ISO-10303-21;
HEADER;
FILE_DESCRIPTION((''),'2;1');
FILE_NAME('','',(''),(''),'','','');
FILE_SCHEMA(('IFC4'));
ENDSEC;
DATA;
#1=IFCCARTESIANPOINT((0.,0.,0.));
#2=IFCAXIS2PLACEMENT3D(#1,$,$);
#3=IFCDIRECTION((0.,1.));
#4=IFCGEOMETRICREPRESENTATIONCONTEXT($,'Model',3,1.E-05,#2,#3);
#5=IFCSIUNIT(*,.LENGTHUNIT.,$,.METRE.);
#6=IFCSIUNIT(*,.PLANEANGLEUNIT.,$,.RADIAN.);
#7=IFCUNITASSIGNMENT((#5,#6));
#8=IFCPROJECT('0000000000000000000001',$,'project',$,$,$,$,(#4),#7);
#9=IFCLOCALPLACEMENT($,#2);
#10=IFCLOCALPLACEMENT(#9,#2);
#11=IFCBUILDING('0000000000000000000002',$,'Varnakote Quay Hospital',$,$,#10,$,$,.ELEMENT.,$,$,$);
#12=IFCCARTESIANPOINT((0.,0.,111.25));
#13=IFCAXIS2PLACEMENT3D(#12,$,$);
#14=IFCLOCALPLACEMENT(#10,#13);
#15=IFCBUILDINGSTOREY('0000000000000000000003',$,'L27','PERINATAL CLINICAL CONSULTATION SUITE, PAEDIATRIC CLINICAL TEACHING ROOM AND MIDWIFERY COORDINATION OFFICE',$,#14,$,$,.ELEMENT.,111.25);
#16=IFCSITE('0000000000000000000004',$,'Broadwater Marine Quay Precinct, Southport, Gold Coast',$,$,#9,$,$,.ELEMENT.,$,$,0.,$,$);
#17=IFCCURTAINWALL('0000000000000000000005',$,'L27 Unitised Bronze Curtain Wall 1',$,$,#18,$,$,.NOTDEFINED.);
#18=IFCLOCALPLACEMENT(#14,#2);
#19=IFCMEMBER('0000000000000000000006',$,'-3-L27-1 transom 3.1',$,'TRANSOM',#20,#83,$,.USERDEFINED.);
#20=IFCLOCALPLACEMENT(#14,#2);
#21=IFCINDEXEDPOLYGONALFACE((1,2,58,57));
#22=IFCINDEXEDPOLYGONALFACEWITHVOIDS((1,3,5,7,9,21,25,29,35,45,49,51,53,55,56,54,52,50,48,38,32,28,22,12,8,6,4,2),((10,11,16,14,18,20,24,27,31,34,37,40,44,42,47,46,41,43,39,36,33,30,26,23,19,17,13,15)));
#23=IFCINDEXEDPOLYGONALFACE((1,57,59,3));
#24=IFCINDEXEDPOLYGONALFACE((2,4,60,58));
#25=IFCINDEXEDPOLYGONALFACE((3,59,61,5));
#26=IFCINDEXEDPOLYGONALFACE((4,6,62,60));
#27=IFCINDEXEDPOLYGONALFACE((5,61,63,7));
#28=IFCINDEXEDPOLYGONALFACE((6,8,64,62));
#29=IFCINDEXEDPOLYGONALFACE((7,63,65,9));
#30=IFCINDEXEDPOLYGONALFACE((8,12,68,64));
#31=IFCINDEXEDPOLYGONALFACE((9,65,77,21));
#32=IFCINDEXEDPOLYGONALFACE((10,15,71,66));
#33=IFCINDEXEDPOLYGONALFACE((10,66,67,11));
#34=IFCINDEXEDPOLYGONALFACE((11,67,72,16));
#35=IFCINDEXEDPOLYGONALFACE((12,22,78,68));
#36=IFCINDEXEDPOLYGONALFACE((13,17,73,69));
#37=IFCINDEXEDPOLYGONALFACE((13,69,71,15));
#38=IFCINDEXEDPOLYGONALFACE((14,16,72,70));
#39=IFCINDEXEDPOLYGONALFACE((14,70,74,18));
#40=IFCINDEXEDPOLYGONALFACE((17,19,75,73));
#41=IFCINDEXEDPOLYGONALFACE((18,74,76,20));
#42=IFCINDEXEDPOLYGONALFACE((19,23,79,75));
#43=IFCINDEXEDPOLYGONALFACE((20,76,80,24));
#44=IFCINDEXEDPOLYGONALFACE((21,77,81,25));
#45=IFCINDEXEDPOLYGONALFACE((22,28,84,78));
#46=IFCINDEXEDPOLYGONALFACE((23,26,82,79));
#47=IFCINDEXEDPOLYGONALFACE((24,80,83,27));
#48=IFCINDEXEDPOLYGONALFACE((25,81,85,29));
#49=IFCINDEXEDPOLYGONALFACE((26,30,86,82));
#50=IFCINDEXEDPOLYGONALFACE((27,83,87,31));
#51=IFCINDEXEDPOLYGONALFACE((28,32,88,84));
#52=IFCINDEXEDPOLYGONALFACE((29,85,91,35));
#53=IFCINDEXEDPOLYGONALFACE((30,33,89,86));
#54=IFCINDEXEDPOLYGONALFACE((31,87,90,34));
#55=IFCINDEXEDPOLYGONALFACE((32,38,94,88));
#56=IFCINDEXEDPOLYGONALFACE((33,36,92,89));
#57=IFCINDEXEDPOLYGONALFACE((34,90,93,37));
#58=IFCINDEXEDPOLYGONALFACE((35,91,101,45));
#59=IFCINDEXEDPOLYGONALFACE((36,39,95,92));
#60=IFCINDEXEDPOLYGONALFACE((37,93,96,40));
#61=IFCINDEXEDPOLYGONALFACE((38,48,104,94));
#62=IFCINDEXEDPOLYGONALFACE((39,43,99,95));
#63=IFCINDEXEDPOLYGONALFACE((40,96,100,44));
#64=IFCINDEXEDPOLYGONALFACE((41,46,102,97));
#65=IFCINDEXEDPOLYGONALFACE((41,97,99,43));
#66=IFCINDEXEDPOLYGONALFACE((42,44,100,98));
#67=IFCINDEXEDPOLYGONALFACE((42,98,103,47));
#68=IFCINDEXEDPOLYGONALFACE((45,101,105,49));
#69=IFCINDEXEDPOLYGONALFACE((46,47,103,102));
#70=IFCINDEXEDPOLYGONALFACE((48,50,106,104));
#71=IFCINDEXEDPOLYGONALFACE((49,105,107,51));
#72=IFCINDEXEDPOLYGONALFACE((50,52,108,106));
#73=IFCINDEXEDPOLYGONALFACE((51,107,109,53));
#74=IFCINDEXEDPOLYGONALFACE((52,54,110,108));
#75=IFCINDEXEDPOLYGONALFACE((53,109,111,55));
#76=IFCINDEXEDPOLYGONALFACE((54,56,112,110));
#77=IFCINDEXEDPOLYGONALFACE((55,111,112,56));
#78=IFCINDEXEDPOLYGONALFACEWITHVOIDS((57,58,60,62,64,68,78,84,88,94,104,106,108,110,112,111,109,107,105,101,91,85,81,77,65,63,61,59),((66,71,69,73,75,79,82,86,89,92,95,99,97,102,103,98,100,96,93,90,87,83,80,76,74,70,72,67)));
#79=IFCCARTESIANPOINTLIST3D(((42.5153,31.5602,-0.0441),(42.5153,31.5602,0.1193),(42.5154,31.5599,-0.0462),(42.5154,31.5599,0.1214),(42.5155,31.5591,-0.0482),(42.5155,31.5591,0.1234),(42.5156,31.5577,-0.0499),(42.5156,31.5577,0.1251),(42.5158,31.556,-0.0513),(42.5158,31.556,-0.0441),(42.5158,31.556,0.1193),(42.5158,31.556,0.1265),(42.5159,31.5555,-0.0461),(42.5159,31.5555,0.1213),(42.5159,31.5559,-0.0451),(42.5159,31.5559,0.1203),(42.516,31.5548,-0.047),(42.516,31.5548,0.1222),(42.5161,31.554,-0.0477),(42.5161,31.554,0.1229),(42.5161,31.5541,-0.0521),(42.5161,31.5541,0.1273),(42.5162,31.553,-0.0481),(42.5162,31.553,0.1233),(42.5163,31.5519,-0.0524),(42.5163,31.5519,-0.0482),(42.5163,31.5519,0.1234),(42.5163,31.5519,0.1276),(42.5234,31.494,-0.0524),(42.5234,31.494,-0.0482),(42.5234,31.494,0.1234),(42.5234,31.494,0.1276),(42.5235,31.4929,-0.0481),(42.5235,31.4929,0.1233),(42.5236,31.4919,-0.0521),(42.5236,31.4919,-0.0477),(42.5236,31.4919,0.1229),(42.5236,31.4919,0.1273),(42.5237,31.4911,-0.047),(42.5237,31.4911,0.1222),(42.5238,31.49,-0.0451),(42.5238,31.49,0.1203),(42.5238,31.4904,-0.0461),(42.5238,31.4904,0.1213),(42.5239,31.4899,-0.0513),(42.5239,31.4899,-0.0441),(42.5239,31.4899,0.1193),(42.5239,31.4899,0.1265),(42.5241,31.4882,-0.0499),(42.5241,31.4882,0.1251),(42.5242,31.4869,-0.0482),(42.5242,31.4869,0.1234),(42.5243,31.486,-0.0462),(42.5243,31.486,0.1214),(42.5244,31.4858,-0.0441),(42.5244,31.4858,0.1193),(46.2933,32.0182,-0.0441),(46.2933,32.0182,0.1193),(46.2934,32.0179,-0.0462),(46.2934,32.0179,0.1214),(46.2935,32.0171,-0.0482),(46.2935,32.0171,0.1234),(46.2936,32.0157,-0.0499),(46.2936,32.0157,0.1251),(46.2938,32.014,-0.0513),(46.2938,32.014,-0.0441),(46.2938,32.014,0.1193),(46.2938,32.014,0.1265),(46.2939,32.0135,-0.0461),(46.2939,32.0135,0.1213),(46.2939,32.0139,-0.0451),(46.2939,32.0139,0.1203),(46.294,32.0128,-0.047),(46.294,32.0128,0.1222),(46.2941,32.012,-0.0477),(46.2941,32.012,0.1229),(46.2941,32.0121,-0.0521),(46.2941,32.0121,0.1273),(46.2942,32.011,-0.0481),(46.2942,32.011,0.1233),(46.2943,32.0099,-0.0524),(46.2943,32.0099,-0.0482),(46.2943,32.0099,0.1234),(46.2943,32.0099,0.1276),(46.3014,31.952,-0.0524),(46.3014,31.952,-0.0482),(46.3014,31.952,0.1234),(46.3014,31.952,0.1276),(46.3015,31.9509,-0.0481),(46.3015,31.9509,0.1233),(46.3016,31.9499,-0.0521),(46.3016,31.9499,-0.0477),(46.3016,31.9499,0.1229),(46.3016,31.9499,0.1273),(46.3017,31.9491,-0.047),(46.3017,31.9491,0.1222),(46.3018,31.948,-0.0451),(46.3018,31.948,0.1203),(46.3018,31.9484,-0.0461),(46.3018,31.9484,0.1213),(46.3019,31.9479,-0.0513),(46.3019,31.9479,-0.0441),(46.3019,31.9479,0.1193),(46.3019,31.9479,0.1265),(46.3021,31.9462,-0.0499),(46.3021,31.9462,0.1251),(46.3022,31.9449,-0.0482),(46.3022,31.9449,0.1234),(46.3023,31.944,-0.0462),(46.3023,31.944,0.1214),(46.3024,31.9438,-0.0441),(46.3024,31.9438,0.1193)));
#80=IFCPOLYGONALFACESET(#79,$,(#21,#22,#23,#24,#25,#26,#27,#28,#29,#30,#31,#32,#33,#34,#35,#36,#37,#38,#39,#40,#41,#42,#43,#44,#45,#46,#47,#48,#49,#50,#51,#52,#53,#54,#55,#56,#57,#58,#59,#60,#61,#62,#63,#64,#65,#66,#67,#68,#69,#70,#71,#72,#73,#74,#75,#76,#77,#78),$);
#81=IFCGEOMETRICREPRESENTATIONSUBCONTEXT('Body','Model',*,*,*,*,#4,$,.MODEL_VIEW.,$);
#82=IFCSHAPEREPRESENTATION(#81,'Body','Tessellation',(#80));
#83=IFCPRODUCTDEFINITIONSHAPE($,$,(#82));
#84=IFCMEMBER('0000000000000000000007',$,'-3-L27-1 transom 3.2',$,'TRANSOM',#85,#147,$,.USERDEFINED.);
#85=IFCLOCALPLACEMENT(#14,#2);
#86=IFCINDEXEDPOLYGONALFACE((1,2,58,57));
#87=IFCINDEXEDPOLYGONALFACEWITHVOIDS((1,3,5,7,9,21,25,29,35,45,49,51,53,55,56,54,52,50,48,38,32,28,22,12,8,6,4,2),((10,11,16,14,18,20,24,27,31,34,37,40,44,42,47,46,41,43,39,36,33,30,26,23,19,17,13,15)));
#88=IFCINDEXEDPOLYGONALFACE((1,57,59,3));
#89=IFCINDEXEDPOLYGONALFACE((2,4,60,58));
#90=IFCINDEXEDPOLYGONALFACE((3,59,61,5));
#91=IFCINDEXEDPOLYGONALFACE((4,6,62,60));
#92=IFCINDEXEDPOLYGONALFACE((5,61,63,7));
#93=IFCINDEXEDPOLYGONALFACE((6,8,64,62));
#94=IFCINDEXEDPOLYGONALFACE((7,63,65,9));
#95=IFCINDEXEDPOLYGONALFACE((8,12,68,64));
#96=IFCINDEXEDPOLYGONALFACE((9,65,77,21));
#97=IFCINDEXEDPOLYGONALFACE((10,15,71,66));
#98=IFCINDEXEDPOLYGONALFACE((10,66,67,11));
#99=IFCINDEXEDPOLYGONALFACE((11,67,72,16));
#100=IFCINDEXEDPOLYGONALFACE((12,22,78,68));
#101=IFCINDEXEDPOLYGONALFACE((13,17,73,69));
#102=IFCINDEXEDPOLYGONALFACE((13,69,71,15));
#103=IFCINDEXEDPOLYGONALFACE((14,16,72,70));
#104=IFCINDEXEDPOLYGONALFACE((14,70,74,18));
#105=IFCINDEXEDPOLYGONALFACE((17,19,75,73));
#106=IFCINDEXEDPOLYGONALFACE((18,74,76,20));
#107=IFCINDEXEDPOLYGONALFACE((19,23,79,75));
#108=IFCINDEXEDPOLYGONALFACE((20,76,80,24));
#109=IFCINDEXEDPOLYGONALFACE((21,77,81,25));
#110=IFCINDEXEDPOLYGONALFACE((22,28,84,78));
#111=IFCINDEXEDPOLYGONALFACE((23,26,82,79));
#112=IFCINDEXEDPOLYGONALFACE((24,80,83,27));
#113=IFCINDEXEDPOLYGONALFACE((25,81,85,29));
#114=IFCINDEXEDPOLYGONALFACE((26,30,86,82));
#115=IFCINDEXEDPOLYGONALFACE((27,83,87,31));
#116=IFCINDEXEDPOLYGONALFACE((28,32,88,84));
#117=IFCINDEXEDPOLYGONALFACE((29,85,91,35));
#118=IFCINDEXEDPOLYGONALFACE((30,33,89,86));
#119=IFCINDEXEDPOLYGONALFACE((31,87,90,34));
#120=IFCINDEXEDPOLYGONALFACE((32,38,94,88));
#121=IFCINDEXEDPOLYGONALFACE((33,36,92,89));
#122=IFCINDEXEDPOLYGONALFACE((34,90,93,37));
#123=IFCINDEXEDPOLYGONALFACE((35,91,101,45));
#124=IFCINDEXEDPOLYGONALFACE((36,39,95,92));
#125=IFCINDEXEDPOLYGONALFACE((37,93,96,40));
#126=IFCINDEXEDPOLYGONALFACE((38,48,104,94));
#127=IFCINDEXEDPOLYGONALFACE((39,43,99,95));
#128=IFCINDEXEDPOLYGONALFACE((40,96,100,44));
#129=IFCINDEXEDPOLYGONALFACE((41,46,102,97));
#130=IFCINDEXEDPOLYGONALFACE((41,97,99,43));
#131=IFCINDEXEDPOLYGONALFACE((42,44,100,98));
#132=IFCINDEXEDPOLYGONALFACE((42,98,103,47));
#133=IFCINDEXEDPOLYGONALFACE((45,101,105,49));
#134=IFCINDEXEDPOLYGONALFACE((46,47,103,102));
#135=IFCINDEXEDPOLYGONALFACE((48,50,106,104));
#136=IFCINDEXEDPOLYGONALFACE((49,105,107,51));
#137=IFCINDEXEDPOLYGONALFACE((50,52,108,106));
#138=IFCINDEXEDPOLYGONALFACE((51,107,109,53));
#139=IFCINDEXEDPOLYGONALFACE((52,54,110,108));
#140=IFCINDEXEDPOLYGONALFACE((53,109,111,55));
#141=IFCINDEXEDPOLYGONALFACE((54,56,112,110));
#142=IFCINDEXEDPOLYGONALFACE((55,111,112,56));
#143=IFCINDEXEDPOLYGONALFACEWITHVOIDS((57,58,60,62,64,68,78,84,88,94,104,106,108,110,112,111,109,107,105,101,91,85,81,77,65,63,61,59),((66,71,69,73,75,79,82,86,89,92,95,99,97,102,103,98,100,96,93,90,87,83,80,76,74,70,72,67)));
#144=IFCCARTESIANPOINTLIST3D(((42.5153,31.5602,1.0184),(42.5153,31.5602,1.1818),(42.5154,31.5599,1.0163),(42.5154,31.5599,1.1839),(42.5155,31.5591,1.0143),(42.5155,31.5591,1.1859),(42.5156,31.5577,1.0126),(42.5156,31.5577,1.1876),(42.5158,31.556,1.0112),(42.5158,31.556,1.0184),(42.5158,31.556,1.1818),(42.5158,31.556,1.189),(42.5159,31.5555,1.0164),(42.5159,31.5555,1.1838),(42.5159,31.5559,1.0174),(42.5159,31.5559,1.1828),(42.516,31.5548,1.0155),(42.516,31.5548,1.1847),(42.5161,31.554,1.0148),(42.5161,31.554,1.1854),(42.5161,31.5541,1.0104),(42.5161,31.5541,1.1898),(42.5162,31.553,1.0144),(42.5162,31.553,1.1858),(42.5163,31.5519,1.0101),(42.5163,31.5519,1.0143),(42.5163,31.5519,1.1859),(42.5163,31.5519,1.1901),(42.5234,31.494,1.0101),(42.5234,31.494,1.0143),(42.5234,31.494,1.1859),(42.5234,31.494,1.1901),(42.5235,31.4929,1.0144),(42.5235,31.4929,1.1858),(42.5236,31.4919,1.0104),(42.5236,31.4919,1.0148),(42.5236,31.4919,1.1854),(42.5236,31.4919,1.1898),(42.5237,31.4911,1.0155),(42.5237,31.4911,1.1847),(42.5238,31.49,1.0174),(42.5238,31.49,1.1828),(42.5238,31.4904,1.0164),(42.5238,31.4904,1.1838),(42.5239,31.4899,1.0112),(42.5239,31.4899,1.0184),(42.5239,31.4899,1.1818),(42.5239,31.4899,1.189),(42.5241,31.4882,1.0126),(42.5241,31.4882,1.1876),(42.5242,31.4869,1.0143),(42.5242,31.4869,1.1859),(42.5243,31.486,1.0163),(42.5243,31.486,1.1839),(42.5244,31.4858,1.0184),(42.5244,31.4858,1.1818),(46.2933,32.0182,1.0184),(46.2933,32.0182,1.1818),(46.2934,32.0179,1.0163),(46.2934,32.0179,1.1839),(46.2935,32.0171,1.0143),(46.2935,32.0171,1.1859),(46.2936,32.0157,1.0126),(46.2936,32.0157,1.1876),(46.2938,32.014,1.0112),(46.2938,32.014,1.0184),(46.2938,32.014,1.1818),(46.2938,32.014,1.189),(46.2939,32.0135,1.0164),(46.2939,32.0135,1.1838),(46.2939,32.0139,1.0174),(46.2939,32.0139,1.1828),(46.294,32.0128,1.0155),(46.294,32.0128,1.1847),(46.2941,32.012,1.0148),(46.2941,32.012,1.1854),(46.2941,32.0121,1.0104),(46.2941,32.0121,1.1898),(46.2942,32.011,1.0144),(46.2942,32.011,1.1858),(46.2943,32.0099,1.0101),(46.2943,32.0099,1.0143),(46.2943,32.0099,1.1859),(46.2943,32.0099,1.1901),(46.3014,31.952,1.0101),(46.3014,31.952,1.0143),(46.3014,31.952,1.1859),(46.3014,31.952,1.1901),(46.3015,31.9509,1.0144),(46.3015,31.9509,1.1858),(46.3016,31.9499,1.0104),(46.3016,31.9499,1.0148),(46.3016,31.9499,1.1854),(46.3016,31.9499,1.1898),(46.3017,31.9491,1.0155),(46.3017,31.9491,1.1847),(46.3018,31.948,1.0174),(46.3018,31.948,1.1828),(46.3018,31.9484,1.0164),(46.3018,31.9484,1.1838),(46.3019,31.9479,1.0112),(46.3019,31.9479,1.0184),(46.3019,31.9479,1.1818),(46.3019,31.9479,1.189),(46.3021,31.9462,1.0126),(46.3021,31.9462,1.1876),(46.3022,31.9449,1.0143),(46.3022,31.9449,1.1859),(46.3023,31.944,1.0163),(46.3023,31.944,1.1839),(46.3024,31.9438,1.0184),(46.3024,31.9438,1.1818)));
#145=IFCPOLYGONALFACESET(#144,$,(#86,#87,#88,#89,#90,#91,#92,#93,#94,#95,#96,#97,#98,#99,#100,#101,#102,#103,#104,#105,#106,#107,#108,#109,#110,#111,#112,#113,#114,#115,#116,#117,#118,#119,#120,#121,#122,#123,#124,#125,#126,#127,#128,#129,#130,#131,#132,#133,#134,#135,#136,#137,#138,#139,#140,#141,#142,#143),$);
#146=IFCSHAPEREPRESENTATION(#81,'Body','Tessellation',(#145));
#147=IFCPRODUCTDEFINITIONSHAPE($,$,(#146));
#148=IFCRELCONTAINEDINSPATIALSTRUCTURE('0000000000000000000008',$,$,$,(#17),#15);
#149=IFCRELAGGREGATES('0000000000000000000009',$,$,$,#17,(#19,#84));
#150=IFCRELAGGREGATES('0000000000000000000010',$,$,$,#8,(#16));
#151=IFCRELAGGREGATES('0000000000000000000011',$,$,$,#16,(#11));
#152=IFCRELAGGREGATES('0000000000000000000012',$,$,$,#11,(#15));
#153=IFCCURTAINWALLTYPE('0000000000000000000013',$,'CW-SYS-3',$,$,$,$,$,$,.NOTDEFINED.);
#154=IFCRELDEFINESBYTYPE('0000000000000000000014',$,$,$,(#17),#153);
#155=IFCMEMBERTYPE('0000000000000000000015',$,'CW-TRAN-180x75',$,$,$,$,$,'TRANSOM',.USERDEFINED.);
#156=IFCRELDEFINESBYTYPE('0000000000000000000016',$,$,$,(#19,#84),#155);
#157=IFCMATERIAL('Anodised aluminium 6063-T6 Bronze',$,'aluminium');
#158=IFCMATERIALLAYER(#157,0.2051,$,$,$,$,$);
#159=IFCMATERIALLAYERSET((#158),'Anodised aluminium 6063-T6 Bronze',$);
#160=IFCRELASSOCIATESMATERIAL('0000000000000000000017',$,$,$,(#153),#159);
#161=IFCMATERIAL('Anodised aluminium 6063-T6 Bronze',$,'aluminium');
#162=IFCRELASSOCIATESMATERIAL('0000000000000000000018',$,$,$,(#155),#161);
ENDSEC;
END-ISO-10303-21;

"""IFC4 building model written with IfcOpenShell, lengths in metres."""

from ifc_helpers import new_model, si_unit, direction, frame, origin, origin_2d, place, context, subcontext, project, spatial, hollow_rectangle, extrude, material, layer, layer_set, material_profile, profile_set, type_object, element, aggregate, save


model = new_model("IFC4")

# Units and contexts
model_context = context("Model", 3, precision=1e-05, world=origin(), true_north=direction((0.0, 1.0)))
body_context = subcontext(model_context, "Body", "Model", "MODEL_VIEW")
ifc_project = project(units=[si_unit("LENGTHUNIT", "METRE"), si_unit("PLANEANGLEUNIT", "RADIAN")], contexts=[model_context])

# Site, building, storey
site_placement = place(None, origin())
site = spatial("IfcSite", under=ifc_project, at=site_placement, Name="Broadwater Marine Quay Precinct, Southport, Gold Coast", CompositionType="ELEMENT", RefElevation=0.0)
building_placement = place(site_placement, origin())
building = spatial("IfcBuilding", under=site, at=building_placement, Name="Varnakote Quay Hospital", CompositionType="ELEMENT")
storey_placement = place(building_placement, frame((0.0, 0.0, 111.25)))
storey = spatial("IfcBuildingStorey", under=building, at=storey_placement, Name="L27", Description="PERINATAL CLINICAL CONSULTATION SUITE, PAEDIATRIC CLINICAL TEACHING ROOM AND MIDWIFERY COORDINATION OFFICE", CompositionType="ELEMENT", Elevation=111.25)

# Curtain wall, members
ifc_material_1 = material(Name="Anodised aluminium 6063-T6 Bronze", Category="aluminium")
ifc_layer_1 = layer(ifc_material_1, 0.2051)
ifc_layer_set_1 = layer_set([ifc_layer_1], Name="Anodised aluminium 6063-T6 Bronze")
curtain_wall_type = type_object("IfcCurtainWallType", Name="CW-SYS-3", PredefinedType="NOTDEFINED", material=ifc_layer_set_1)
curtain_wall_placement = place(storey_placement, origin())
curtain_wall = element("IfcCurtainWall", 1, at=curtain_wall_placement, inside=storey, type_object=curtain_wall_type, Name="L27 Unitised Bronze Curtain Wall 1", PredefinedType="NOTDEFINED")
ifc_material_2 = material(Name="Anodised aluminium 6063-T6 Bronze", Category="aluminium")
ifc_material_profile_1 = material_profile(ifc_material_2, hollow_rectangle(XDim=0.075, YDim=0.1799, WallThickness=0.0042, InnerFilletRadius=0.0042, OuterFilletRadius=0.0083, at=origin_2d()), Name="CW-TRAN-180x75")
ifc_profile_set_1 = profile_set([ifc_material_profile_1], Name="Anodised aluminium 6063-T6 Bronze")
member_type_1 = type_object("IfcMemberType", Name="CW-TRAN-180x75", ElementType="TRANSOM", PredefinedType="USERDEFINED", material=ifc_profile_set_1)
member_1_placement = place(storey_placement, frame((46.2979, 31.981, 0.0376), z_axis=(-0.992732, -0.120347, 0.0), x_axis=(0.120347, -0.992732, 0.0)))
member_1 = element("IfcMember", 2, at=member_1_placement, type_object=member_type_1, Name="-3-L27-1 transom 3.1", ObjectType="TRANSOM", PredefinedType="USERDEFINED", context=body_context, shape_type="SweptSolid", body=[
    extrude(hollow_rectangle(XDim=0.075, YDim=0.1799, WallThickness=0.0042, InnerFilletRadius=0.0042, OuterFilletRadius=0.0083, at=origin_2d()), origin(), (0.0, 0.0, 1.0), 3.8057),
])
member_2_placement = place(storey_placement, frame((46.2979, 31.981, 1.1001), z_axis=(-0.992732, -0.120347, 0.0), x_axis=(0.120347, -0.992732, 0.0)))
member_2 = element("IfcMember", 3, at=member_2_placement, type_object=member_type_1, Name="-3-L27-1 transom 3.2", ObjectType="TRANSOM", PredefinedType="USERDEFINED", context=body_context, shape_type="SweptSolid", body=[
    extrude(hollow_rectangle(XDim=0.075, YDim=0.1799, WallThickness=0.0042, InnerFilletRadius=0.0042, OuterFilletRadius=0.0083, at=origin_2d()), origin(), (0.0, 0.0, 1.0), 3.8057),
])

aggregate(curtain_wall, [member_1, member_2])

save(model, "model.ifc")
